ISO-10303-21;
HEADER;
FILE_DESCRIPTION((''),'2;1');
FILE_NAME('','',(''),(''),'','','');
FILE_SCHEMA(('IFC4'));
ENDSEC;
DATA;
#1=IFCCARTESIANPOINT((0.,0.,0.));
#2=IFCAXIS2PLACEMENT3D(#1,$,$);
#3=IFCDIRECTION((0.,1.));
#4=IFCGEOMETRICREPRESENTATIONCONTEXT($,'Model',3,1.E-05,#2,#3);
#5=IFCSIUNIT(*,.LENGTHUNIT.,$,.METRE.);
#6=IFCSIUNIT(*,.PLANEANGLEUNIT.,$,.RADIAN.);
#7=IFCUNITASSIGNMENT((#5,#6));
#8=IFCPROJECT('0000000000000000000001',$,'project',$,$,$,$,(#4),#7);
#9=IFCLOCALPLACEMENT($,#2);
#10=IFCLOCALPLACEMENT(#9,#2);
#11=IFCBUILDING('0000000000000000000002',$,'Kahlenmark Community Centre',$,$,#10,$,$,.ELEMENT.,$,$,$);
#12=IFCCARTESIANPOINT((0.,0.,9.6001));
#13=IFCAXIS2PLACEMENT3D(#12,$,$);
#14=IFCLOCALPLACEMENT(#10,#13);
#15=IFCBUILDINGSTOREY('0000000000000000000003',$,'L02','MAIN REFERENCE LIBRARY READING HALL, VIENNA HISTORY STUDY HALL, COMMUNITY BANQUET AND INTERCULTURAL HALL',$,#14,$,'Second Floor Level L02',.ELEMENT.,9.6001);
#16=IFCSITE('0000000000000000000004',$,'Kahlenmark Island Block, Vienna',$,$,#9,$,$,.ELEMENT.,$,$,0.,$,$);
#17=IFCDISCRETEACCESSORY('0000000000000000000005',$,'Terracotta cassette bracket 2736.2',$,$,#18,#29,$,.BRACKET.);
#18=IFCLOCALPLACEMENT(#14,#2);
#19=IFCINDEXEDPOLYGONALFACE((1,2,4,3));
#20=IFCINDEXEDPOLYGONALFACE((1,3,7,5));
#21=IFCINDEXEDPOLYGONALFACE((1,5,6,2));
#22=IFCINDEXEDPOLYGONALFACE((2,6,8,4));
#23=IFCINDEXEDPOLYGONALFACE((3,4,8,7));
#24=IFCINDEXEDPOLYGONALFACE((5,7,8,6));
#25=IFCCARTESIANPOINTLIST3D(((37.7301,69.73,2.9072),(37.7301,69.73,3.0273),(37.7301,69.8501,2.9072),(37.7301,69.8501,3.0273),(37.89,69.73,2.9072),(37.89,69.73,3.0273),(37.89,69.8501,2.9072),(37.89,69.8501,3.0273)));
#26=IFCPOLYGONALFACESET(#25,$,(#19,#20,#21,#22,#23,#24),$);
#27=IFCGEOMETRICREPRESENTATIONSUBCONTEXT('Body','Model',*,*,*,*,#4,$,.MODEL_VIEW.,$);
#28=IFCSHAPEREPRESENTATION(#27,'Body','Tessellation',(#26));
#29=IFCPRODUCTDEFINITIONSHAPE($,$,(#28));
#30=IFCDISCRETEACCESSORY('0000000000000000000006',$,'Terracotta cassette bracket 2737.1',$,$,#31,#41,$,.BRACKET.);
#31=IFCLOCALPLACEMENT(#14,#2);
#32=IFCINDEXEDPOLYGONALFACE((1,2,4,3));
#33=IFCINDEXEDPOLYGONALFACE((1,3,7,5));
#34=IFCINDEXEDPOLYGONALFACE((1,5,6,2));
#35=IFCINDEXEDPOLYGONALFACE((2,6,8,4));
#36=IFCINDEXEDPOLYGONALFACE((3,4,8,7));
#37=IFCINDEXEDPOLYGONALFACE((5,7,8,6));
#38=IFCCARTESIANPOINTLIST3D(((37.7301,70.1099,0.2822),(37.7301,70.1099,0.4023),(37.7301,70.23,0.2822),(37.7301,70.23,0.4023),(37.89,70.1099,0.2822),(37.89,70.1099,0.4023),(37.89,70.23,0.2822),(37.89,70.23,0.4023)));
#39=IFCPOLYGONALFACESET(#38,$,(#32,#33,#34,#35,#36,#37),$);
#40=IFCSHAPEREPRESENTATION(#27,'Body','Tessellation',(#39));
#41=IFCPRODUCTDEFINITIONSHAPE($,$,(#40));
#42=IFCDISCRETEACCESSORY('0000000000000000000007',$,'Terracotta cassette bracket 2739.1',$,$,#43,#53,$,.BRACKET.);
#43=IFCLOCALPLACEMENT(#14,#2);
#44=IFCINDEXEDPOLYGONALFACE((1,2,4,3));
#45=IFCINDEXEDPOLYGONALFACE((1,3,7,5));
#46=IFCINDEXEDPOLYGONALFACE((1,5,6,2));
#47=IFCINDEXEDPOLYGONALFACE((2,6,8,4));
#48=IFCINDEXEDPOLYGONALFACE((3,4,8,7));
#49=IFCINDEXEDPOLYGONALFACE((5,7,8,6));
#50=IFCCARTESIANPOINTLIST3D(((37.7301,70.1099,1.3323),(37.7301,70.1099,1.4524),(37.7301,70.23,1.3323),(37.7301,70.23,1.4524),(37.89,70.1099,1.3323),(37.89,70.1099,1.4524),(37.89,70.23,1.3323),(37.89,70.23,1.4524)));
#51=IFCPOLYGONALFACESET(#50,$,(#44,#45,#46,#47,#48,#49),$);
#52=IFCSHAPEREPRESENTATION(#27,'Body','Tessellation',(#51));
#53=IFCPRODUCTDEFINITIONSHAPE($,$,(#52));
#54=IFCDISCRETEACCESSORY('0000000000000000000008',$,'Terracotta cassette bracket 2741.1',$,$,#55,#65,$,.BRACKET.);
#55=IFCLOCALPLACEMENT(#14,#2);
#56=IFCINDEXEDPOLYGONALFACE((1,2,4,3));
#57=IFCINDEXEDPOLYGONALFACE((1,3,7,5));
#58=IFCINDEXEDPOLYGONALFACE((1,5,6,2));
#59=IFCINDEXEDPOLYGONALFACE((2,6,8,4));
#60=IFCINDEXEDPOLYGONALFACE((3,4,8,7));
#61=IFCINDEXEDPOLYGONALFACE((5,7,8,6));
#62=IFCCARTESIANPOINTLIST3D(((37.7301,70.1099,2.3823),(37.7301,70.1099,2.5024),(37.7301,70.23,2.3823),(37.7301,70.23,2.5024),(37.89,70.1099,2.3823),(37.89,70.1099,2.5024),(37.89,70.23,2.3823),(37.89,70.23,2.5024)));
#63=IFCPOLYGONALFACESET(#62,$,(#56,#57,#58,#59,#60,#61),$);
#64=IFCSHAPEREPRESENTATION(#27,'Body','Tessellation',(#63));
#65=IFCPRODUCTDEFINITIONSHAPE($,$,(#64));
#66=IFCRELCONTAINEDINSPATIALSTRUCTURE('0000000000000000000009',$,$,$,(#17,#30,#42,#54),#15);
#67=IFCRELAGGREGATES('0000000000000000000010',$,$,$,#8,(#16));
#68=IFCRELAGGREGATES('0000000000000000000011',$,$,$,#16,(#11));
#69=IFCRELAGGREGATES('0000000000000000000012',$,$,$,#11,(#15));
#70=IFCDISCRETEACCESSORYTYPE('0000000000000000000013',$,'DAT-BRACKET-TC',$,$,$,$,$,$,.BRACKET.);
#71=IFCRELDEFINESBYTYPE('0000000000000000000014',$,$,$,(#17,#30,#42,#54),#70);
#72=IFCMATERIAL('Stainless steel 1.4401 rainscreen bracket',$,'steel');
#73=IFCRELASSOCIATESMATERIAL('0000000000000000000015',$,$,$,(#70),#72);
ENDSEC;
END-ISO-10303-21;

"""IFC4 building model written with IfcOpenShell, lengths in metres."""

from ifc_helpers import new_model, si_unit, direction, frame, origin, origin_2d, place, context, subcontext, project, spatial, rectangle, extrude, material, type_object, element, save


model = new_model("IFC4")

# Units and contexts
model_context = context("Model", 3, precision=1e-05, world=origin(), true_north=direction((0.0, 1.0)))
body_context = subcontext(model_context, "Body", "Model", "MODEL_VIEW")
ifc_project = project(units=[si_unit("LENGTHUNIT", "METRE"), si_unit("PLANEANGLEUNIT", "RADIAN")], contexts=[model_context])

# Site, building, storey
site_placement = place(None, origin())
site = spatial("IfcSite", under=ifc_project, at=site_placement, Name="Kahlenmark Island Block, Vienna", CompositionType="ELEMENT", RefElevation=0.0)
building_placement = place(site_placement, origin())
building = spatial("IfcBuilding", under=site, at=building_placement, Name="Kahlenmark Community Centre", CompositionType="ELEMENT")
storey_placement = place(building_placement, frame((0.0, 0.0, 9.6001)))
storey = spatial("IfcBuildingStorey", under=building, at=storey_placement, Name="L02", Description="MAIN REFERENCE LIBRARY READING HALL, VIENNA HISTORY STUDY HALL, COMMUNITY BANQUET AND INTERCULTURAL HALL", LongName="Second Floor Level L02", CompositionType="ELEMENT", Elevation=9.6001)

# Discrete accessories
ifc_material_1 = material(Name="Stainless steel 1.4401 rainscreen bracket", Category="steel")
discrete_accessory_type = type_object("IfcDiscreteAccessoryType", Name="DAT-BRACKET-TC", PredefinedType="BRACKET", material=ifc_material_1)
for number, where, z_axis, x_axis, name in (
    (1, (37.8101, 69.79, 2.9072), (0.0, 0.0, 1.0), (0.0, 1.0, 0.0), "Terracotta cassette bracket 2736.2"),
    (2, (37.8101, 70.1699, 0.2822), (0.0, 0.0, 1.0), (0.0, 1.0, 0.0), "Terracotta cassette bracket 2737.1"),
    (3, (37.8101, 70.1699, 1.3323), (0.0, 0.0, 1.0), (0.0, 1.0, 0.0), "Terracotta cassette bracket 2739.1"),
    (4, (37.8101, 70.1699, 2.3823), (0.0, 0.0, 1.0), (0.0, 1.0, 0.0), "Terracotta cassette bracket 2741.1"),
):
    element("IfcDiscreteAccessory", number, at=place(storey_placement, frame(where, z_axis=z_axis, x_axis=x_axis)), inside=storey, type_object=discrete_accessory_type, Name=name, PredefinedType="BRACKET", context=body_context, shape_type="SweptSolid", body=[
        extrude(rectangle(XDim=0.1201, YDim=0.1599, at=origin_2d()), origin(), (0.0, 0.0, 1.0), 0.1201),
    ])

save(model, "model.ifc")
